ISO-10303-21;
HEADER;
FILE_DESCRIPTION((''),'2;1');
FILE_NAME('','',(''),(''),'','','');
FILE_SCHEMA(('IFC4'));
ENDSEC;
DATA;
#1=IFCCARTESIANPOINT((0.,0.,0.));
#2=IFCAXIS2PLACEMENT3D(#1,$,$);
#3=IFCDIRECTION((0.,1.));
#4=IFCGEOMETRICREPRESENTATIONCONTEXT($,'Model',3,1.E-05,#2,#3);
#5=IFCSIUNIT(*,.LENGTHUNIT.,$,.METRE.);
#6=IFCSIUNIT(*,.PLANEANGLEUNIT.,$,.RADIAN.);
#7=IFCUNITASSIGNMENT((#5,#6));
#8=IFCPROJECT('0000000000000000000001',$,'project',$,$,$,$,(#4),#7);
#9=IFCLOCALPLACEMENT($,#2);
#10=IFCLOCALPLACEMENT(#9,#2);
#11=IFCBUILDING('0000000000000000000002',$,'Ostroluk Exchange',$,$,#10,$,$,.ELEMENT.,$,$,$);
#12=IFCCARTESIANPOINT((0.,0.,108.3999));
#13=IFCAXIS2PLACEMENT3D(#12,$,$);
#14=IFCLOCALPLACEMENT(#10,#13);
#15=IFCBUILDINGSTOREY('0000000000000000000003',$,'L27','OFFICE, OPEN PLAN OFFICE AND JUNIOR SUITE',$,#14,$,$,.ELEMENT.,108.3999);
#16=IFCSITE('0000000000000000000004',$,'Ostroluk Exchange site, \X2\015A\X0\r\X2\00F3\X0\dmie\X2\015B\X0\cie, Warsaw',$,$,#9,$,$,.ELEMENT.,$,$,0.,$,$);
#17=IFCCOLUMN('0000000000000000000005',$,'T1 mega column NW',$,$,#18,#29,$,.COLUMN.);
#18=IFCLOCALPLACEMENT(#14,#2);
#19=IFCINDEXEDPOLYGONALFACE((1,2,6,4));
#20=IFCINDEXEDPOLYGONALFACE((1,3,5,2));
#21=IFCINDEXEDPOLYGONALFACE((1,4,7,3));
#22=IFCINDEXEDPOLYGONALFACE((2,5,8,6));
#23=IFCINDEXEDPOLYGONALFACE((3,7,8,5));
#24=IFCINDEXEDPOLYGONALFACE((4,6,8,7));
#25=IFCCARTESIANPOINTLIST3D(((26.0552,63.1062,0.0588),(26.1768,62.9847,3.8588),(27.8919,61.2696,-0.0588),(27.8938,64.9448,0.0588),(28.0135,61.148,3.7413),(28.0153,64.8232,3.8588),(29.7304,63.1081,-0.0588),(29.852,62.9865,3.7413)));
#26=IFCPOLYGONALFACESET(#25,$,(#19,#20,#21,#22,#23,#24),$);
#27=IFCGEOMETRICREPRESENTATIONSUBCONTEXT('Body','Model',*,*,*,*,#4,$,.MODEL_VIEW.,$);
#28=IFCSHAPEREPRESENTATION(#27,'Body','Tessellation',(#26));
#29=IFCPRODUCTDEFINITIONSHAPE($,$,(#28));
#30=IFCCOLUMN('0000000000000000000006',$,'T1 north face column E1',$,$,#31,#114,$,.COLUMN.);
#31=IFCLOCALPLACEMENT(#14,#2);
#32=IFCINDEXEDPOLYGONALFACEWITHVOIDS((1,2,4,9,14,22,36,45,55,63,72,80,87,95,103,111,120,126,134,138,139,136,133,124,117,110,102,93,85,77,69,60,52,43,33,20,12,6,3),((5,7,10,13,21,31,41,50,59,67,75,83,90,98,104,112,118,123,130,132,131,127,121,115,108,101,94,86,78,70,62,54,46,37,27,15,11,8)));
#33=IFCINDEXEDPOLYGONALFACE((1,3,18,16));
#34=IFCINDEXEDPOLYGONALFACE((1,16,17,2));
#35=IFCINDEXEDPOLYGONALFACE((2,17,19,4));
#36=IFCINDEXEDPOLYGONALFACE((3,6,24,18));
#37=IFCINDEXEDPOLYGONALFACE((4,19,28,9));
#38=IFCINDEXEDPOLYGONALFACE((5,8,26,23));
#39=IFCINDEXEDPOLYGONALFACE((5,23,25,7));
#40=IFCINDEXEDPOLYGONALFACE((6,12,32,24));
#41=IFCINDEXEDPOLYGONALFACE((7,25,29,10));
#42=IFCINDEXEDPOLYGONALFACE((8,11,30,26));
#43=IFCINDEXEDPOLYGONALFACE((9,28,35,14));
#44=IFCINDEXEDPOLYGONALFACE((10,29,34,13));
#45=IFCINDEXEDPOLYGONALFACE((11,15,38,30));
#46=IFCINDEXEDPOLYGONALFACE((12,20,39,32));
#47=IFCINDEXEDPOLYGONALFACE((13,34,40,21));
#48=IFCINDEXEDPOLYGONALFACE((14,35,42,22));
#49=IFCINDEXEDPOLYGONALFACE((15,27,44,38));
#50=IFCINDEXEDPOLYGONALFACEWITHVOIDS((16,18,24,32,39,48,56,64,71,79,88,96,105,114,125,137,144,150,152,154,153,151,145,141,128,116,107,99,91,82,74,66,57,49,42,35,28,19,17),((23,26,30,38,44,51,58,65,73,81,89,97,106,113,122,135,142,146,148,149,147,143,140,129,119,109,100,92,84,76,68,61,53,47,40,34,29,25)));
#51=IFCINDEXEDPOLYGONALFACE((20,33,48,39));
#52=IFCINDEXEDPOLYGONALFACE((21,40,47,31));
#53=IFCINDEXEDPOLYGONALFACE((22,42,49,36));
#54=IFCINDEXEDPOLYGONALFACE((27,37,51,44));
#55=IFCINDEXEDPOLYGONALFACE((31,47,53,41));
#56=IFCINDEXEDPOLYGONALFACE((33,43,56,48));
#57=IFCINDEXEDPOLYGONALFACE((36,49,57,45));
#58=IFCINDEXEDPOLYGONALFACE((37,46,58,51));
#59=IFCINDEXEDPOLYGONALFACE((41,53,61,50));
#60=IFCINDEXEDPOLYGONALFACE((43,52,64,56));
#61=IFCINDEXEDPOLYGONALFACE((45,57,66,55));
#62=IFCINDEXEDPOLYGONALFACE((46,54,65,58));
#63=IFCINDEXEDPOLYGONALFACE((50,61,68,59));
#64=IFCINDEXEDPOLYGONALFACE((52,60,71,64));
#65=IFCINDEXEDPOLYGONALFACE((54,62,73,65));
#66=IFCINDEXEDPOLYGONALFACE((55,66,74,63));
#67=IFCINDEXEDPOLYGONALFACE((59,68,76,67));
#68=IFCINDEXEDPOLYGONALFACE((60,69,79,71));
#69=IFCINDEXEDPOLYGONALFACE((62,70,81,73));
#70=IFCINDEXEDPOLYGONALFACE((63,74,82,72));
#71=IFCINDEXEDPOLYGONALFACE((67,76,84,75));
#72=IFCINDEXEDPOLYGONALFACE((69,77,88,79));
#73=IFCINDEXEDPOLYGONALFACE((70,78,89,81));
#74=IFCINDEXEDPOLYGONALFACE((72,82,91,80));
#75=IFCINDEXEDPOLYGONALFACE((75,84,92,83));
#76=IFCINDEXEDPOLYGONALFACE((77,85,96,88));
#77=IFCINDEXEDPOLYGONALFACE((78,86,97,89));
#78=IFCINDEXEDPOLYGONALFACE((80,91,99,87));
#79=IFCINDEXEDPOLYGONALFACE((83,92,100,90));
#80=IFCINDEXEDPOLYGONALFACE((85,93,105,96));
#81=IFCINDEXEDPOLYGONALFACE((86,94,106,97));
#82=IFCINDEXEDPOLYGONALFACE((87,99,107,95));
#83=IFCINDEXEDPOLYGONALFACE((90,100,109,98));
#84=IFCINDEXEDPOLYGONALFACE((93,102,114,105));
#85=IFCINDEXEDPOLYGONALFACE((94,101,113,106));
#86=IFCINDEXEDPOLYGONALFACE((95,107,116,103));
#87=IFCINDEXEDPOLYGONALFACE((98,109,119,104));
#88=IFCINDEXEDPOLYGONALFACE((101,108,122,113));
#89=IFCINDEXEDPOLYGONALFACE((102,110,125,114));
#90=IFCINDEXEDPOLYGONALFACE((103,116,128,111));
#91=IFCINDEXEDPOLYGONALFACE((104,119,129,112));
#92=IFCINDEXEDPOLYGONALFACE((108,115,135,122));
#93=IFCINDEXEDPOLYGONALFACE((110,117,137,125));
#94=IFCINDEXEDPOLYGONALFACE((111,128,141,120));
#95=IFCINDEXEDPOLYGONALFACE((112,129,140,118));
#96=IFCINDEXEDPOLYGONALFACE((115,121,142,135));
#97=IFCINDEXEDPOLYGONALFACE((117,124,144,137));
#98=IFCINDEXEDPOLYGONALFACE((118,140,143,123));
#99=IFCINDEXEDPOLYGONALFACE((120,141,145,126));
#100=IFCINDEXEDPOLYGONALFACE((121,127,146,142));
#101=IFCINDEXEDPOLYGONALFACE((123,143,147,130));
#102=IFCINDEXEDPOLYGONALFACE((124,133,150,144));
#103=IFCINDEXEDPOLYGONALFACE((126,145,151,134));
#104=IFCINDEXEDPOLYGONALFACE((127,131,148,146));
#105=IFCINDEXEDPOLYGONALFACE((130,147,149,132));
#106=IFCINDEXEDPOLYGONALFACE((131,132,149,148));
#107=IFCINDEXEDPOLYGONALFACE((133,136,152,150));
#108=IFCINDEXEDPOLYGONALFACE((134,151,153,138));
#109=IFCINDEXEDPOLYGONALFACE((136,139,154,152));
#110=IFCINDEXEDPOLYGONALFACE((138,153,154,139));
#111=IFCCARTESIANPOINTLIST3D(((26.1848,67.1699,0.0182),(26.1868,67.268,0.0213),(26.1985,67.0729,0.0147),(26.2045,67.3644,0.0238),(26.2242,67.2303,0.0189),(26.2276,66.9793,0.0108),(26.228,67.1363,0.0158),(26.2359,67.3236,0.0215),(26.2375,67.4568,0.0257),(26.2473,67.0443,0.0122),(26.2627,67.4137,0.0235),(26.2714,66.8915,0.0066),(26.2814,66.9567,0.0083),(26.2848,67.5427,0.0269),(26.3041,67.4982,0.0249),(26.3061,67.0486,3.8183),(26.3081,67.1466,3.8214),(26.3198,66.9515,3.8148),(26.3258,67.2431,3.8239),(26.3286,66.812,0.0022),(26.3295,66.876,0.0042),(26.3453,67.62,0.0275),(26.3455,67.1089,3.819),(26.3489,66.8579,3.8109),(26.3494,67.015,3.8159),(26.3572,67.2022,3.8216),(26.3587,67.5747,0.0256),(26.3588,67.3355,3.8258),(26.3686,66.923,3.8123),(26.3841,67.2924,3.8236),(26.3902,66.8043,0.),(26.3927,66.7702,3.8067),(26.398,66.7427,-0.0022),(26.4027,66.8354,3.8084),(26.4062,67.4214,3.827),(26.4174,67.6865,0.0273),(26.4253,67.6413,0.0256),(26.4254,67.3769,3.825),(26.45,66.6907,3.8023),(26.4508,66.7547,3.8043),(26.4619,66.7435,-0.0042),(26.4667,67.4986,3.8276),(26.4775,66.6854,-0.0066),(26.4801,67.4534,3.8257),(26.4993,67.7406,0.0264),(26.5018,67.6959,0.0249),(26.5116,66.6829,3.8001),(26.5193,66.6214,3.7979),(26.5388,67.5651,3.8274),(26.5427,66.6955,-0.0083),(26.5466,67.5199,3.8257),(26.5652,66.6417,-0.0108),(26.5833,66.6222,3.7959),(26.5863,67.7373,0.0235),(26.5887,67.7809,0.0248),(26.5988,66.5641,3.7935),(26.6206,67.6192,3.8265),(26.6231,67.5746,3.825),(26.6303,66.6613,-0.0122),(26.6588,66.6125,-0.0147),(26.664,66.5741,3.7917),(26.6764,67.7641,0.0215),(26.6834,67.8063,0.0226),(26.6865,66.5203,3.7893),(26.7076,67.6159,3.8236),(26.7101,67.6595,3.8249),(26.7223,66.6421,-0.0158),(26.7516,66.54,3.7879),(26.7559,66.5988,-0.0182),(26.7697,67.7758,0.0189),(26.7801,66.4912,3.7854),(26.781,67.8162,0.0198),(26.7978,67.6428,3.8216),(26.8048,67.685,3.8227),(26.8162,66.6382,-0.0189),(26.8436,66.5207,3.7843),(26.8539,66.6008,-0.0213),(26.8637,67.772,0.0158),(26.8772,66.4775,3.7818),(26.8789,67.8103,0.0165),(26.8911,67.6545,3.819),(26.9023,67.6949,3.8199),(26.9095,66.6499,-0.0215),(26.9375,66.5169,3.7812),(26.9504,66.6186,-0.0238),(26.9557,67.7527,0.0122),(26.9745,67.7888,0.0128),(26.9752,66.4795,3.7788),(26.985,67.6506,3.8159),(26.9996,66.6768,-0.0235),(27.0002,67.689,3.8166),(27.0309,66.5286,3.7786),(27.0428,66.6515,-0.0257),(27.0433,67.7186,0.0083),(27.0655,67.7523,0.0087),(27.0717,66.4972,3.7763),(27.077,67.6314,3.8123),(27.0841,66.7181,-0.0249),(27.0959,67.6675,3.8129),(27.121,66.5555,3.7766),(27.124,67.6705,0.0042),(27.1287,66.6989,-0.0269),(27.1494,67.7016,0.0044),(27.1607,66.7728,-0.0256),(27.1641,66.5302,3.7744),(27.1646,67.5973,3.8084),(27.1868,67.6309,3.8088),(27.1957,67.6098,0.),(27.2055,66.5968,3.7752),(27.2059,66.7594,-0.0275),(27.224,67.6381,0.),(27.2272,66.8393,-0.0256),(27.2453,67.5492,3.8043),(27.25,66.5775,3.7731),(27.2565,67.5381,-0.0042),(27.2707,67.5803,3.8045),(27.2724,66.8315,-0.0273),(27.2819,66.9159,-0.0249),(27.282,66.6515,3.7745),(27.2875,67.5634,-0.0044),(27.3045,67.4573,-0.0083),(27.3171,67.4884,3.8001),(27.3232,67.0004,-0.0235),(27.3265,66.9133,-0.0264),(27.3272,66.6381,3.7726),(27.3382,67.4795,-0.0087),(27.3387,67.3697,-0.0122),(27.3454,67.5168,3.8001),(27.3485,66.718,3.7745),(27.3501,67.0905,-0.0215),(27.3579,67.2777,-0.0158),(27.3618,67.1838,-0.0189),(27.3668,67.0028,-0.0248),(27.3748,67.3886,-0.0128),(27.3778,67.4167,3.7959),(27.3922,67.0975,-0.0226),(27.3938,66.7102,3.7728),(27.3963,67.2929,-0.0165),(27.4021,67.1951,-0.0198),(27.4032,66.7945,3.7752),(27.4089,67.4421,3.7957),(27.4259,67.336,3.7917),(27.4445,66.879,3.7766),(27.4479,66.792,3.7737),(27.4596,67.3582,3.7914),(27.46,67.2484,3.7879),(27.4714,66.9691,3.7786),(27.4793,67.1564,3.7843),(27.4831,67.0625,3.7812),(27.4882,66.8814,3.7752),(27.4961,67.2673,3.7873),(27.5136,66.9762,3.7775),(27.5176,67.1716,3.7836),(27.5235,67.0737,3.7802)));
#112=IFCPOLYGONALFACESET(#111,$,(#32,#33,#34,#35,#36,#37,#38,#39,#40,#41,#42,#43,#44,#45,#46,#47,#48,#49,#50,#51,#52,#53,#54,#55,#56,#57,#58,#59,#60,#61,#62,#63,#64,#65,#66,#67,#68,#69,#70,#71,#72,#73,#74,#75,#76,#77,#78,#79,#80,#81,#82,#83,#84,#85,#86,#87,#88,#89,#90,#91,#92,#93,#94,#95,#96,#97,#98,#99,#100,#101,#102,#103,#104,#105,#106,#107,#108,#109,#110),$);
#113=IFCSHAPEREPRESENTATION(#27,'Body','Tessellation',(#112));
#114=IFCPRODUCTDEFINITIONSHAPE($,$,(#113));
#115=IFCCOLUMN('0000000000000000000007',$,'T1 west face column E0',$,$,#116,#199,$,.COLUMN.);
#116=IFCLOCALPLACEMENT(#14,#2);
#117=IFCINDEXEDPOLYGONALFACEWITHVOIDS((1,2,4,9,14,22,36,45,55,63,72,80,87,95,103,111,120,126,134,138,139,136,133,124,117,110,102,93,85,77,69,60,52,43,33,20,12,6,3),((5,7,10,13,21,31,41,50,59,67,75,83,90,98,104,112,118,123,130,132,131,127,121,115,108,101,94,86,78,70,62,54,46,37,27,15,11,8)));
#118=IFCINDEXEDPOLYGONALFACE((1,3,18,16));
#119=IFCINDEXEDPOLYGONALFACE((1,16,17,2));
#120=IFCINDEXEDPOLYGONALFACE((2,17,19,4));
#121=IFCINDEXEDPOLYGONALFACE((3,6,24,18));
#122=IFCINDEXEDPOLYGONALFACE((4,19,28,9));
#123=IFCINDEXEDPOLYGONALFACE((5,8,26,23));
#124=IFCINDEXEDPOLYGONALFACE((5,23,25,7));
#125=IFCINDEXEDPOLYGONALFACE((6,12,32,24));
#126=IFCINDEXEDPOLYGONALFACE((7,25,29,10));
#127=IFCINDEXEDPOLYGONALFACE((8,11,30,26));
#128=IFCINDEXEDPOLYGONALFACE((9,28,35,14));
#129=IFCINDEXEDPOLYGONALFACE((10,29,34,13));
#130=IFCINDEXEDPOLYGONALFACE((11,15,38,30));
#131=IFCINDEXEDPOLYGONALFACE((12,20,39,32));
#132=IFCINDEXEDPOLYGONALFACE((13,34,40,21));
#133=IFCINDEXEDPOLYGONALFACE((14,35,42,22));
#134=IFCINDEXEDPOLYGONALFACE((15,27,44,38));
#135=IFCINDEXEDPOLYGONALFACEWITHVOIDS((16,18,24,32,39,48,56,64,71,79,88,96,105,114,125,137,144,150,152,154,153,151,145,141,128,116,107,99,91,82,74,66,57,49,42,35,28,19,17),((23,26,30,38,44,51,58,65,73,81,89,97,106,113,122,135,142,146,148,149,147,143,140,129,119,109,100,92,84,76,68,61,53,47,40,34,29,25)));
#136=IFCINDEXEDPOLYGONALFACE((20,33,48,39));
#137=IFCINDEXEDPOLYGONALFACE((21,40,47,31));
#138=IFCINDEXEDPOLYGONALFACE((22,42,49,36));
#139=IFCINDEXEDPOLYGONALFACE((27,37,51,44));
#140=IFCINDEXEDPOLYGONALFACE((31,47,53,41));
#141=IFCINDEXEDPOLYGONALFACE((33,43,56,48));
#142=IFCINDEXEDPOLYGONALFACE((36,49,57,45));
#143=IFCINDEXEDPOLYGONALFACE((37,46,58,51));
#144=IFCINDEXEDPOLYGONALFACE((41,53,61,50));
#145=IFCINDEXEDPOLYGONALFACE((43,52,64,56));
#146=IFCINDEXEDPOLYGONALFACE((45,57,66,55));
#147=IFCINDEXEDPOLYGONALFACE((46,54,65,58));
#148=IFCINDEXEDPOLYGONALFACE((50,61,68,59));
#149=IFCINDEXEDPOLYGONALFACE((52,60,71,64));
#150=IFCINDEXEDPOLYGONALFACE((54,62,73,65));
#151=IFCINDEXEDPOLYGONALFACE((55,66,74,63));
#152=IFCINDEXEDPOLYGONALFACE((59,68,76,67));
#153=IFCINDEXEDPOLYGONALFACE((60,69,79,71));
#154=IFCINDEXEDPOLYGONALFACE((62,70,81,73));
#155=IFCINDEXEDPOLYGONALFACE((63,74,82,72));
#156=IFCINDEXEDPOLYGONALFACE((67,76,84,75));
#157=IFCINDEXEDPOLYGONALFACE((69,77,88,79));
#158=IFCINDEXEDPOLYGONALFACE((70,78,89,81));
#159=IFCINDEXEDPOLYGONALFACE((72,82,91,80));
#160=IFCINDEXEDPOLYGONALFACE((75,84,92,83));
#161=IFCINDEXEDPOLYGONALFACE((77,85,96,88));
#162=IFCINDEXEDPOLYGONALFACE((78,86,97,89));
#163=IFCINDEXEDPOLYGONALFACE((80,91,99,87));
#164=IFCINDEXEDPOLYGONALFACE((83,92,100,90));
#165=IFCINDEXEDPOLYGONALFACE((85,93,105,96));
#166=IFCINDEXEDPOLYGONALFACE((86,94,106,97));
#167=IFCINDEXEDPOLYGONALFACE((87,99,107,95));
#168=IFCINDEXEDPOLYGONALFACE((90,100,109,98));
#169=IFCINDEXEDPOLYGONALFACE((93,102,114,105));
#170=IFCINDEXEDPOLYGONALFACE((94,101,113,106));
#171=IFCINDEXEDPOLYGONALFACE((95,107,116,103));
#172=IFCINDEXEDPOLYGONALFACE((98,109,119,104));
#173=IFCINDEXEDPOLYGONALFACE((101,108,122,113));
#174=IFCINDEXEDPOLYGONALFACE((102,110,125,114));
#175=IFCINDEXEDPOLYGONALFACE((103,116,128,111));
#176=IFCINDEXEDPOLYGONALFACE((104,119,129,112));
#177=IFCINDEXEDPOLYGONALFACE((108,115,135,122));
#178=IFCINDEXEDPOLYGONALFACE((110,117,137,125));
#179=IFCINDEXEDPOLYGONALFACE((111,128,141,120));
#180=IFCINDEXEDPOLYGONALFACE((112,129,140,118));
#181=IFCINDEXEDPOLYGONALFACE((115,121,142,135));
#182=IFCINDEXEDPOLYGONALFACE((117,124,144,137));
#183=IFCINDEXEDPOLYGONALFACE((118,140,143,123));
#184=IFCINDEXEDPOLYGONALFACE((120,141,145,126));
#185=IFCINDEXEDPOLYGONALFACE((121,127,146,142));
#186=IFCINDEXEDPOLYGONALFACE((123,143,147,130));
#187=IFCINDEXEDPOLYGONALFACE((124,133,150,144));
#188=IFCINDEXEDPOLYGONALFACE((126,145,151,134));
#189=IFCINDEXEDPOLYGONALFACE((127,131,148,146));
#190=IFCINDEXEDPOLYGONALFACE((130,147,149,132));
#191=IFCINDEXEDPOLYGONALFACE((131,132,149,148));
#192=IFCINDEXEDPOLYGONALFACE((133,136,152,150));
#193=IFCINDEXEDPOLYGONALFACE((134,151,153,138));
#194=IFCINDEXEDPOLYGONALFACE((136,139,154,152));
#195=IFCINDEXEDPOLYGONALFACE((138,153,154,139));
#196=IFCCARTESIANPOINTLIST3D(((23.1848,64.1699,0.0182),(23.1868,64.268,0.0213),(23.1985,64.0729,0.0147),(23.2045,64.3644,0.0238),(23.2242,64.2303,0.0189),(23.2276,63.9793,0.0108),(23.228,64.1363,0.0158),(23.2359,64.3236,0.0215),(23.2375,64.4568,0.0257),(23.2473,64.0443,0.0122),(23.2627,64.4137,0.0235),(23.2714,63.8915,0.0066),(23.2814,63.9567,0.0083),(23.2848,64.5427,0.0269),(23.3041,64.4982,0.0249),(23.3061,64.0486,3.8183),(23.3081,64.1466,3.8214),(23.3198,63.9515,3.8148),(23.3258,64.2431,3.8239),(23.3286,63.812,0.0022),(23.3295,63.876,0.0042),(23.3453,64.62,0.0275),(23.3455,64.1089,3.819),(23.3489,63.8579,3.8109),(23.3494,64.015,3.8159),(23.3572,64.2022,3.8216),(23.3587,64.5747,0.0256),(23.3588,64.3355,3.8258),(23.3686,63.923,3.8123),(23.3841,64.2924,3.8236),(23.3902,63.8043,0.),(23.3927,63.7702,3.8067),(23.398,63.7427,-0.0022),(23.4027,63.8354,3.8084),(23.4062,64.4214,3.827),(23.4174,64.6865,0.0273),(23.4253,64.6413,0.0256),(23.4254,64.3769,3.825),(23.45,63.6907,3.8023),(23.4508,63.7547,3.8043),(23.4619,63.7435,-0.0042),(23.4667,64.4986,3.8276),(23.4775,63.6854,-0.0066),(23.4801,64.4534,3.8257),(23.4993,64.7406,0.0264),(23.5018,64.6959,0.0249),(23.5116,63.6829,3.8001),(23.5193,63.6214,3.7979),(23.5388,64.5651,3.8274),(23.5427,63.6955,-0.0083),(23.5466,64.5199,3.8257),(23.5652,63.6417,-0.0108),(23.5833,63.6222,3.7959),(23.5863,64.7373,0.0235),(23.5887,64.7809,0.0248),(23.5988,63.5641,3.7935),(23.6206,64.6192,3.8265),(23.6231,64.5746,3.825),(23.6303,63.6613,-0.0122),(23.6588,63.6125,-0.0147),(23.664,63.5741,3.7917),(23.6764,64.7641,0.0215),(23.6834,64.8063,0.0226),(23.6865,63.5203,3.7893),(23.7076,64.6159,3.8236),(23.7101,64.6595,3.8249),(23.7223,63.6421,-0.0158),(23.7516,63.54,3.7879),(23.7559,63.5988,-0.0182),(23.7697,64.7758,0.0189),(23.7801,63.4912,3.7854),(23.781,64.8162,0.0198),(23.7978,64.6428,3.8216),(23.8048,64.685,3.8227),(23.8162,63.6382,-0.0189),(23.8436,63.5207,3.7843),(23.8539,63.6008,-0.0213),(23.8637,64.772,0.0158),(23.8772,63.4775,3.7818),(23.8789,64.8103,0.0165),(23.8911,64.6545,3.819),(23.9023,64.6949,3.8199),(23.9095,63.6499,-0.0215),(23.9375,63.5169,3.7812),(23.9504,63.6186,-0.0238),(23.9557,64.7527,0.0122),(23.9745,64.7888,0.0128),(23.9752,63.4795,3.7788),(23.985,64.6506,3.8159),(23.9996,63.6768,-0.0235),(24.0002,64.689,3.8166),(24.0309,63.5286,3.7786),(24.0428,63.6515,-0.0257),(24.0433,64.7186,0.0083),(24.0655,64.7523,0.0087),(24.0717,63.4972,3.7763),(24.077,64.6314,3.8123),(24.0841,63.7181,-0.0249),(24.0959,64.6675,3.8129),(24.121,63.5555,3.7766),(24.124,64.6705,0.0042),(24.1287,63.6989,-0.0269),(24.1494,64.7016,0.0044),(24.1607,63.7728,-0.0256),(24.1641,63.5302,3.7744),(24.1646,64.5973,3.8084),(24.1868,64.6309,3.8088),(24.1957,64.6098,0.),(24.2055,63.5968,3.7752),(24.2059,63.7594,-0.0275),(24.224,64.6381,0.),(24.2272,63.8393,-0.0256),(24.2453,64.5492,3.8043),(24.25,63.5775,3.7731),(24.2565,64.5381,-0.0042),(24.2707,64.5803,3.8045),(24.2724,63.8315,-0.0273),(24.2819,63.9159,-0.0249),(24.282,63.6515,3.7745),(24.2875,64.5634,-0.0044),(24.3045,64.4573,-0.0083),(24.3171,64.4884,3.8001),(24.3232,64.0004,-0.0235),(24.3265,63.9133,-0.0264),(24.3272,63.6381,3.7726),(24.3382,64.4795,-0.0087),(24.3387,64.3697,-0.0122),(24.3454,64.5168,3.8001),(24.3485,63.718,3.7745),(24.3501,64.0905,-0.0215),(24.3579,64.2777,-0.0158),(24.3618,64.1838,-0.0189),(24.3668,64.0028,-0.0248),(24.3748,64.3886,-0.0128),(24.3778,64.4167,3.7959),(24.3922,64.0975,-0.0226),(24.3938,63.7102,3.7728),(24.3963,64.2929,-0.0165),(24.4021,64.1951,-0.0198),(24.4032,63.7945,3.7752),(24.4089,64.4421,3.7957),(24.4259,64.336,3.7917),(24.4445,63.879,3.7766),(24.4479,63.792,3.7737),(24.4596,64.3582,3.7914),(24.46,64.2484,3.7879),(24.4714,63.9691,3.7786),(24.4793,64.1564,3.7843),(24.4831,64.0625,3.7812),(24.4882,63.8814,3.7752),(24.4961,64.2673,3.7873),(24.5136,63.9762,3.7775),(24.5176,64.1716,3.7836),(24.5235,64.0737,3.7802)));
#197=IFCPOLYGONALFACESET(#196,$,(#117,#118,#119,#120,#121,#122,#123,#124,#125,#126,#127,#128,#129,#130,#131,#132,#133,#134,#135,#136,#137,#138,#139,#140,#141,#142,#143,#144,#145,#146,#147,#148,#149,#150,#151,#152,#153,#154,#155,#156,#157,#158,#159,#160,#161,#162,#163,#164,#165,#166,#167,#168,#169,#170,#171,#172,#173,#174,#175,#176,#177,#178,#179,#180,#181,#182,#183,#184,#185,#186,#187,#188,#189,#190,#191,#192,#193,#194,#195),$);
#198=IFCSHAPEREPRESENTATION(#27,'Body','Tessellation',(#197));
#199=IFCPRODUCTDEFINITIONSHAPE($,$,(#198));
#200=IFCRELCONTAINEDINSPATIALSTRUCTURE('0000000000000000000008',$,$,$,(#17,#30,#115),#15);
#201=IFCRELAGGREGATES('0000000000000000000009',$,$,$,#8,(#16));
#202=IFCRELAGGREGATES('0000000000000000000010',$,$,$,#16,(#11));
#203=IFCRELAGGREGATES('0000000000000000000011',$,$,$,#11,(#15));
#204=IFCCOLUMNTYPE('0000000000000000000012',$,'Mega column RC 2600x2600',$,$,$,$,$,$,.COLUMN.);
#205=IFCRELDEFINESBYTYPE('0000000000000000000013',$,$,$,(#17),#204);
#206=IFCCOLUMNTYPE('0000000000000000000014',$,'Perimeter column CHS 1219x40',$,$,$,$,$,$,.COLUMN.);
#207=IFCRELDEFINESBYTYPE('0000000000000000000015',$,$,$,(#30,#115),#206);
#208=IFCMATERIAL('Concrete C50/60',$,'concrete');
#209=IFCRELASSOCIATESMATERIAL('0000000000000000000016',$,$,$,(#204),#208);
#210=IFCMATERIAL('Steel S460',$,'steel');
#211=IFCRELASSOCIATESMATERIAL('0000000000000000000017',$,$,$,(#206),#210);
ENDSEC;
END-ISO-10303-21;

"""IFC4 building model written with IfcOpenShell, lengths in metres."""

from ifc_helpers import new_model, si_unit, direction, frame, origin, origin_2d, place, context, subcontext, project, spatial, rectangle, hollow_circle, extrude, material, material_profile, profile_set, type_object, element, save


model = new_model("IFC4")

# Units and contexts
model_context = context("Model", 3, precision=1e-05, world=origin(), true_north=direction((0.0, 1.0)))
body_context = subcontext(model_context, "Body", "Model", "MODEL_VIEW")
ifc_project = project(units=[si_unit("LENGTHUNIT", "METRE"), si_unit("PLANEANGLEUNIT", "RADIAN")], contexts=[model_context])

# Site, building, storey
site_placement = place(None, origin())
site = spatial("IfcSite", under=ifc_project, at=site_placement, Name="Ostroluk Exchange site, Śródmieście, Warsaw", CompositionType="ELEMENT", RefElevation=0.0)
building_placement = place(site_placement, origin())
building = spatial("IfcBuilding", under=site, at=building_placement, Name="Ostroluk Exchange", CompositionType="ELEMENT")
storey_placement = place(building_placement, frame((0.0, 0.0, 108.3999)))
storey = spatial("IfcBuildingStorey", under=building, at=storey_placement, Name="L27", Description="OFFICE, OPEN PLAN OFFICE AND JUNIOR SUITE", CompositionType="ELEMENT", Elevation=108.3999)

# Columns
ifc_material_1 = material(Name="Concrete C50/60", Category="concrete")
ifc_material_profile_1 = material_profile(ifc_material_1, rectangle(XDim=2.6001, YDim=2.6001, at=origin_2d()), Name="RC 2600x2600")
ifc_profile_set_1 = profile_set([ifc_material_profile_1], Name="Concrete C50/60")
column_type_1 = type_object("IfcColumnType", Name="Mega column RC 2600x2600", PredefinedType="COLUMN", material=ifc_profile_set_1)
column_placement = place(storey_placement, frame((27.8928, 63.1072, 0.0), z_axis=(0.031962, -0.031962, 0.998978), x_axis=(0.707107, 0.707107, 0.0)))
element("IfcColumn", 1, at=column_placement, inside=storey, type_object=column_type_1, Name="T1 mega column NW", PredefinedType="COLUMN", context=body_context, shape_type="SweptSolid", body=[
    extrude(rectangle(XDim=2.6001, YDim=2.6001, at=origin_2d()), origin(), (0.0, 0.0, 1.0), 3.804),
])
ifc_material_2 = material(Name="Steel S460", Category="steel")
ifc_material_profile_2 = material_profile(ifc_material_2, hollow_circle(Radius=0.6096, WallThickness=0.04, at=origin_2d()), Name="CHS 1219x40")
ifc_profile_set_2 = profile_set([ifc_material_profile_2], Name="Steel S460")
column_type_2 = type_object("IfcColumnType", Name="Perimeter column CHS 1219x40", PredefinedType="COLUMN", material=ifc_profile_set_2)
for number, where, z_axis, x_axis, name in (
    (2, (26.793, 67.207, 0.0), (0.031898, -0.031898, 0.998982), (0.707107, 0.707107, 0.0), "T1 north face column E1"),
    (3, (23.793, 64.207, 0.0), (0.031898, -0.031898, 0.998982), (0.707107, 0.707107, 0.0), "T1 west face column E0"),
):
    element("IfcColumn", number, at=place(storey_placement, frame(where, z_axis=z_axis, x_axis=x_axis)), inside=storey, type_object=column_type_2, Name=name, PredefinedType="COLUMN", context=body_context, shape_type="SweptSolid", body=[
        extrude(hollow_circle(Radius=0.6096, WallThickness=0.04, at=origin_2d()), origin(), (0.0, 0.0, 1.0), 3.804),
    ])

save(model, "model.ifc")
